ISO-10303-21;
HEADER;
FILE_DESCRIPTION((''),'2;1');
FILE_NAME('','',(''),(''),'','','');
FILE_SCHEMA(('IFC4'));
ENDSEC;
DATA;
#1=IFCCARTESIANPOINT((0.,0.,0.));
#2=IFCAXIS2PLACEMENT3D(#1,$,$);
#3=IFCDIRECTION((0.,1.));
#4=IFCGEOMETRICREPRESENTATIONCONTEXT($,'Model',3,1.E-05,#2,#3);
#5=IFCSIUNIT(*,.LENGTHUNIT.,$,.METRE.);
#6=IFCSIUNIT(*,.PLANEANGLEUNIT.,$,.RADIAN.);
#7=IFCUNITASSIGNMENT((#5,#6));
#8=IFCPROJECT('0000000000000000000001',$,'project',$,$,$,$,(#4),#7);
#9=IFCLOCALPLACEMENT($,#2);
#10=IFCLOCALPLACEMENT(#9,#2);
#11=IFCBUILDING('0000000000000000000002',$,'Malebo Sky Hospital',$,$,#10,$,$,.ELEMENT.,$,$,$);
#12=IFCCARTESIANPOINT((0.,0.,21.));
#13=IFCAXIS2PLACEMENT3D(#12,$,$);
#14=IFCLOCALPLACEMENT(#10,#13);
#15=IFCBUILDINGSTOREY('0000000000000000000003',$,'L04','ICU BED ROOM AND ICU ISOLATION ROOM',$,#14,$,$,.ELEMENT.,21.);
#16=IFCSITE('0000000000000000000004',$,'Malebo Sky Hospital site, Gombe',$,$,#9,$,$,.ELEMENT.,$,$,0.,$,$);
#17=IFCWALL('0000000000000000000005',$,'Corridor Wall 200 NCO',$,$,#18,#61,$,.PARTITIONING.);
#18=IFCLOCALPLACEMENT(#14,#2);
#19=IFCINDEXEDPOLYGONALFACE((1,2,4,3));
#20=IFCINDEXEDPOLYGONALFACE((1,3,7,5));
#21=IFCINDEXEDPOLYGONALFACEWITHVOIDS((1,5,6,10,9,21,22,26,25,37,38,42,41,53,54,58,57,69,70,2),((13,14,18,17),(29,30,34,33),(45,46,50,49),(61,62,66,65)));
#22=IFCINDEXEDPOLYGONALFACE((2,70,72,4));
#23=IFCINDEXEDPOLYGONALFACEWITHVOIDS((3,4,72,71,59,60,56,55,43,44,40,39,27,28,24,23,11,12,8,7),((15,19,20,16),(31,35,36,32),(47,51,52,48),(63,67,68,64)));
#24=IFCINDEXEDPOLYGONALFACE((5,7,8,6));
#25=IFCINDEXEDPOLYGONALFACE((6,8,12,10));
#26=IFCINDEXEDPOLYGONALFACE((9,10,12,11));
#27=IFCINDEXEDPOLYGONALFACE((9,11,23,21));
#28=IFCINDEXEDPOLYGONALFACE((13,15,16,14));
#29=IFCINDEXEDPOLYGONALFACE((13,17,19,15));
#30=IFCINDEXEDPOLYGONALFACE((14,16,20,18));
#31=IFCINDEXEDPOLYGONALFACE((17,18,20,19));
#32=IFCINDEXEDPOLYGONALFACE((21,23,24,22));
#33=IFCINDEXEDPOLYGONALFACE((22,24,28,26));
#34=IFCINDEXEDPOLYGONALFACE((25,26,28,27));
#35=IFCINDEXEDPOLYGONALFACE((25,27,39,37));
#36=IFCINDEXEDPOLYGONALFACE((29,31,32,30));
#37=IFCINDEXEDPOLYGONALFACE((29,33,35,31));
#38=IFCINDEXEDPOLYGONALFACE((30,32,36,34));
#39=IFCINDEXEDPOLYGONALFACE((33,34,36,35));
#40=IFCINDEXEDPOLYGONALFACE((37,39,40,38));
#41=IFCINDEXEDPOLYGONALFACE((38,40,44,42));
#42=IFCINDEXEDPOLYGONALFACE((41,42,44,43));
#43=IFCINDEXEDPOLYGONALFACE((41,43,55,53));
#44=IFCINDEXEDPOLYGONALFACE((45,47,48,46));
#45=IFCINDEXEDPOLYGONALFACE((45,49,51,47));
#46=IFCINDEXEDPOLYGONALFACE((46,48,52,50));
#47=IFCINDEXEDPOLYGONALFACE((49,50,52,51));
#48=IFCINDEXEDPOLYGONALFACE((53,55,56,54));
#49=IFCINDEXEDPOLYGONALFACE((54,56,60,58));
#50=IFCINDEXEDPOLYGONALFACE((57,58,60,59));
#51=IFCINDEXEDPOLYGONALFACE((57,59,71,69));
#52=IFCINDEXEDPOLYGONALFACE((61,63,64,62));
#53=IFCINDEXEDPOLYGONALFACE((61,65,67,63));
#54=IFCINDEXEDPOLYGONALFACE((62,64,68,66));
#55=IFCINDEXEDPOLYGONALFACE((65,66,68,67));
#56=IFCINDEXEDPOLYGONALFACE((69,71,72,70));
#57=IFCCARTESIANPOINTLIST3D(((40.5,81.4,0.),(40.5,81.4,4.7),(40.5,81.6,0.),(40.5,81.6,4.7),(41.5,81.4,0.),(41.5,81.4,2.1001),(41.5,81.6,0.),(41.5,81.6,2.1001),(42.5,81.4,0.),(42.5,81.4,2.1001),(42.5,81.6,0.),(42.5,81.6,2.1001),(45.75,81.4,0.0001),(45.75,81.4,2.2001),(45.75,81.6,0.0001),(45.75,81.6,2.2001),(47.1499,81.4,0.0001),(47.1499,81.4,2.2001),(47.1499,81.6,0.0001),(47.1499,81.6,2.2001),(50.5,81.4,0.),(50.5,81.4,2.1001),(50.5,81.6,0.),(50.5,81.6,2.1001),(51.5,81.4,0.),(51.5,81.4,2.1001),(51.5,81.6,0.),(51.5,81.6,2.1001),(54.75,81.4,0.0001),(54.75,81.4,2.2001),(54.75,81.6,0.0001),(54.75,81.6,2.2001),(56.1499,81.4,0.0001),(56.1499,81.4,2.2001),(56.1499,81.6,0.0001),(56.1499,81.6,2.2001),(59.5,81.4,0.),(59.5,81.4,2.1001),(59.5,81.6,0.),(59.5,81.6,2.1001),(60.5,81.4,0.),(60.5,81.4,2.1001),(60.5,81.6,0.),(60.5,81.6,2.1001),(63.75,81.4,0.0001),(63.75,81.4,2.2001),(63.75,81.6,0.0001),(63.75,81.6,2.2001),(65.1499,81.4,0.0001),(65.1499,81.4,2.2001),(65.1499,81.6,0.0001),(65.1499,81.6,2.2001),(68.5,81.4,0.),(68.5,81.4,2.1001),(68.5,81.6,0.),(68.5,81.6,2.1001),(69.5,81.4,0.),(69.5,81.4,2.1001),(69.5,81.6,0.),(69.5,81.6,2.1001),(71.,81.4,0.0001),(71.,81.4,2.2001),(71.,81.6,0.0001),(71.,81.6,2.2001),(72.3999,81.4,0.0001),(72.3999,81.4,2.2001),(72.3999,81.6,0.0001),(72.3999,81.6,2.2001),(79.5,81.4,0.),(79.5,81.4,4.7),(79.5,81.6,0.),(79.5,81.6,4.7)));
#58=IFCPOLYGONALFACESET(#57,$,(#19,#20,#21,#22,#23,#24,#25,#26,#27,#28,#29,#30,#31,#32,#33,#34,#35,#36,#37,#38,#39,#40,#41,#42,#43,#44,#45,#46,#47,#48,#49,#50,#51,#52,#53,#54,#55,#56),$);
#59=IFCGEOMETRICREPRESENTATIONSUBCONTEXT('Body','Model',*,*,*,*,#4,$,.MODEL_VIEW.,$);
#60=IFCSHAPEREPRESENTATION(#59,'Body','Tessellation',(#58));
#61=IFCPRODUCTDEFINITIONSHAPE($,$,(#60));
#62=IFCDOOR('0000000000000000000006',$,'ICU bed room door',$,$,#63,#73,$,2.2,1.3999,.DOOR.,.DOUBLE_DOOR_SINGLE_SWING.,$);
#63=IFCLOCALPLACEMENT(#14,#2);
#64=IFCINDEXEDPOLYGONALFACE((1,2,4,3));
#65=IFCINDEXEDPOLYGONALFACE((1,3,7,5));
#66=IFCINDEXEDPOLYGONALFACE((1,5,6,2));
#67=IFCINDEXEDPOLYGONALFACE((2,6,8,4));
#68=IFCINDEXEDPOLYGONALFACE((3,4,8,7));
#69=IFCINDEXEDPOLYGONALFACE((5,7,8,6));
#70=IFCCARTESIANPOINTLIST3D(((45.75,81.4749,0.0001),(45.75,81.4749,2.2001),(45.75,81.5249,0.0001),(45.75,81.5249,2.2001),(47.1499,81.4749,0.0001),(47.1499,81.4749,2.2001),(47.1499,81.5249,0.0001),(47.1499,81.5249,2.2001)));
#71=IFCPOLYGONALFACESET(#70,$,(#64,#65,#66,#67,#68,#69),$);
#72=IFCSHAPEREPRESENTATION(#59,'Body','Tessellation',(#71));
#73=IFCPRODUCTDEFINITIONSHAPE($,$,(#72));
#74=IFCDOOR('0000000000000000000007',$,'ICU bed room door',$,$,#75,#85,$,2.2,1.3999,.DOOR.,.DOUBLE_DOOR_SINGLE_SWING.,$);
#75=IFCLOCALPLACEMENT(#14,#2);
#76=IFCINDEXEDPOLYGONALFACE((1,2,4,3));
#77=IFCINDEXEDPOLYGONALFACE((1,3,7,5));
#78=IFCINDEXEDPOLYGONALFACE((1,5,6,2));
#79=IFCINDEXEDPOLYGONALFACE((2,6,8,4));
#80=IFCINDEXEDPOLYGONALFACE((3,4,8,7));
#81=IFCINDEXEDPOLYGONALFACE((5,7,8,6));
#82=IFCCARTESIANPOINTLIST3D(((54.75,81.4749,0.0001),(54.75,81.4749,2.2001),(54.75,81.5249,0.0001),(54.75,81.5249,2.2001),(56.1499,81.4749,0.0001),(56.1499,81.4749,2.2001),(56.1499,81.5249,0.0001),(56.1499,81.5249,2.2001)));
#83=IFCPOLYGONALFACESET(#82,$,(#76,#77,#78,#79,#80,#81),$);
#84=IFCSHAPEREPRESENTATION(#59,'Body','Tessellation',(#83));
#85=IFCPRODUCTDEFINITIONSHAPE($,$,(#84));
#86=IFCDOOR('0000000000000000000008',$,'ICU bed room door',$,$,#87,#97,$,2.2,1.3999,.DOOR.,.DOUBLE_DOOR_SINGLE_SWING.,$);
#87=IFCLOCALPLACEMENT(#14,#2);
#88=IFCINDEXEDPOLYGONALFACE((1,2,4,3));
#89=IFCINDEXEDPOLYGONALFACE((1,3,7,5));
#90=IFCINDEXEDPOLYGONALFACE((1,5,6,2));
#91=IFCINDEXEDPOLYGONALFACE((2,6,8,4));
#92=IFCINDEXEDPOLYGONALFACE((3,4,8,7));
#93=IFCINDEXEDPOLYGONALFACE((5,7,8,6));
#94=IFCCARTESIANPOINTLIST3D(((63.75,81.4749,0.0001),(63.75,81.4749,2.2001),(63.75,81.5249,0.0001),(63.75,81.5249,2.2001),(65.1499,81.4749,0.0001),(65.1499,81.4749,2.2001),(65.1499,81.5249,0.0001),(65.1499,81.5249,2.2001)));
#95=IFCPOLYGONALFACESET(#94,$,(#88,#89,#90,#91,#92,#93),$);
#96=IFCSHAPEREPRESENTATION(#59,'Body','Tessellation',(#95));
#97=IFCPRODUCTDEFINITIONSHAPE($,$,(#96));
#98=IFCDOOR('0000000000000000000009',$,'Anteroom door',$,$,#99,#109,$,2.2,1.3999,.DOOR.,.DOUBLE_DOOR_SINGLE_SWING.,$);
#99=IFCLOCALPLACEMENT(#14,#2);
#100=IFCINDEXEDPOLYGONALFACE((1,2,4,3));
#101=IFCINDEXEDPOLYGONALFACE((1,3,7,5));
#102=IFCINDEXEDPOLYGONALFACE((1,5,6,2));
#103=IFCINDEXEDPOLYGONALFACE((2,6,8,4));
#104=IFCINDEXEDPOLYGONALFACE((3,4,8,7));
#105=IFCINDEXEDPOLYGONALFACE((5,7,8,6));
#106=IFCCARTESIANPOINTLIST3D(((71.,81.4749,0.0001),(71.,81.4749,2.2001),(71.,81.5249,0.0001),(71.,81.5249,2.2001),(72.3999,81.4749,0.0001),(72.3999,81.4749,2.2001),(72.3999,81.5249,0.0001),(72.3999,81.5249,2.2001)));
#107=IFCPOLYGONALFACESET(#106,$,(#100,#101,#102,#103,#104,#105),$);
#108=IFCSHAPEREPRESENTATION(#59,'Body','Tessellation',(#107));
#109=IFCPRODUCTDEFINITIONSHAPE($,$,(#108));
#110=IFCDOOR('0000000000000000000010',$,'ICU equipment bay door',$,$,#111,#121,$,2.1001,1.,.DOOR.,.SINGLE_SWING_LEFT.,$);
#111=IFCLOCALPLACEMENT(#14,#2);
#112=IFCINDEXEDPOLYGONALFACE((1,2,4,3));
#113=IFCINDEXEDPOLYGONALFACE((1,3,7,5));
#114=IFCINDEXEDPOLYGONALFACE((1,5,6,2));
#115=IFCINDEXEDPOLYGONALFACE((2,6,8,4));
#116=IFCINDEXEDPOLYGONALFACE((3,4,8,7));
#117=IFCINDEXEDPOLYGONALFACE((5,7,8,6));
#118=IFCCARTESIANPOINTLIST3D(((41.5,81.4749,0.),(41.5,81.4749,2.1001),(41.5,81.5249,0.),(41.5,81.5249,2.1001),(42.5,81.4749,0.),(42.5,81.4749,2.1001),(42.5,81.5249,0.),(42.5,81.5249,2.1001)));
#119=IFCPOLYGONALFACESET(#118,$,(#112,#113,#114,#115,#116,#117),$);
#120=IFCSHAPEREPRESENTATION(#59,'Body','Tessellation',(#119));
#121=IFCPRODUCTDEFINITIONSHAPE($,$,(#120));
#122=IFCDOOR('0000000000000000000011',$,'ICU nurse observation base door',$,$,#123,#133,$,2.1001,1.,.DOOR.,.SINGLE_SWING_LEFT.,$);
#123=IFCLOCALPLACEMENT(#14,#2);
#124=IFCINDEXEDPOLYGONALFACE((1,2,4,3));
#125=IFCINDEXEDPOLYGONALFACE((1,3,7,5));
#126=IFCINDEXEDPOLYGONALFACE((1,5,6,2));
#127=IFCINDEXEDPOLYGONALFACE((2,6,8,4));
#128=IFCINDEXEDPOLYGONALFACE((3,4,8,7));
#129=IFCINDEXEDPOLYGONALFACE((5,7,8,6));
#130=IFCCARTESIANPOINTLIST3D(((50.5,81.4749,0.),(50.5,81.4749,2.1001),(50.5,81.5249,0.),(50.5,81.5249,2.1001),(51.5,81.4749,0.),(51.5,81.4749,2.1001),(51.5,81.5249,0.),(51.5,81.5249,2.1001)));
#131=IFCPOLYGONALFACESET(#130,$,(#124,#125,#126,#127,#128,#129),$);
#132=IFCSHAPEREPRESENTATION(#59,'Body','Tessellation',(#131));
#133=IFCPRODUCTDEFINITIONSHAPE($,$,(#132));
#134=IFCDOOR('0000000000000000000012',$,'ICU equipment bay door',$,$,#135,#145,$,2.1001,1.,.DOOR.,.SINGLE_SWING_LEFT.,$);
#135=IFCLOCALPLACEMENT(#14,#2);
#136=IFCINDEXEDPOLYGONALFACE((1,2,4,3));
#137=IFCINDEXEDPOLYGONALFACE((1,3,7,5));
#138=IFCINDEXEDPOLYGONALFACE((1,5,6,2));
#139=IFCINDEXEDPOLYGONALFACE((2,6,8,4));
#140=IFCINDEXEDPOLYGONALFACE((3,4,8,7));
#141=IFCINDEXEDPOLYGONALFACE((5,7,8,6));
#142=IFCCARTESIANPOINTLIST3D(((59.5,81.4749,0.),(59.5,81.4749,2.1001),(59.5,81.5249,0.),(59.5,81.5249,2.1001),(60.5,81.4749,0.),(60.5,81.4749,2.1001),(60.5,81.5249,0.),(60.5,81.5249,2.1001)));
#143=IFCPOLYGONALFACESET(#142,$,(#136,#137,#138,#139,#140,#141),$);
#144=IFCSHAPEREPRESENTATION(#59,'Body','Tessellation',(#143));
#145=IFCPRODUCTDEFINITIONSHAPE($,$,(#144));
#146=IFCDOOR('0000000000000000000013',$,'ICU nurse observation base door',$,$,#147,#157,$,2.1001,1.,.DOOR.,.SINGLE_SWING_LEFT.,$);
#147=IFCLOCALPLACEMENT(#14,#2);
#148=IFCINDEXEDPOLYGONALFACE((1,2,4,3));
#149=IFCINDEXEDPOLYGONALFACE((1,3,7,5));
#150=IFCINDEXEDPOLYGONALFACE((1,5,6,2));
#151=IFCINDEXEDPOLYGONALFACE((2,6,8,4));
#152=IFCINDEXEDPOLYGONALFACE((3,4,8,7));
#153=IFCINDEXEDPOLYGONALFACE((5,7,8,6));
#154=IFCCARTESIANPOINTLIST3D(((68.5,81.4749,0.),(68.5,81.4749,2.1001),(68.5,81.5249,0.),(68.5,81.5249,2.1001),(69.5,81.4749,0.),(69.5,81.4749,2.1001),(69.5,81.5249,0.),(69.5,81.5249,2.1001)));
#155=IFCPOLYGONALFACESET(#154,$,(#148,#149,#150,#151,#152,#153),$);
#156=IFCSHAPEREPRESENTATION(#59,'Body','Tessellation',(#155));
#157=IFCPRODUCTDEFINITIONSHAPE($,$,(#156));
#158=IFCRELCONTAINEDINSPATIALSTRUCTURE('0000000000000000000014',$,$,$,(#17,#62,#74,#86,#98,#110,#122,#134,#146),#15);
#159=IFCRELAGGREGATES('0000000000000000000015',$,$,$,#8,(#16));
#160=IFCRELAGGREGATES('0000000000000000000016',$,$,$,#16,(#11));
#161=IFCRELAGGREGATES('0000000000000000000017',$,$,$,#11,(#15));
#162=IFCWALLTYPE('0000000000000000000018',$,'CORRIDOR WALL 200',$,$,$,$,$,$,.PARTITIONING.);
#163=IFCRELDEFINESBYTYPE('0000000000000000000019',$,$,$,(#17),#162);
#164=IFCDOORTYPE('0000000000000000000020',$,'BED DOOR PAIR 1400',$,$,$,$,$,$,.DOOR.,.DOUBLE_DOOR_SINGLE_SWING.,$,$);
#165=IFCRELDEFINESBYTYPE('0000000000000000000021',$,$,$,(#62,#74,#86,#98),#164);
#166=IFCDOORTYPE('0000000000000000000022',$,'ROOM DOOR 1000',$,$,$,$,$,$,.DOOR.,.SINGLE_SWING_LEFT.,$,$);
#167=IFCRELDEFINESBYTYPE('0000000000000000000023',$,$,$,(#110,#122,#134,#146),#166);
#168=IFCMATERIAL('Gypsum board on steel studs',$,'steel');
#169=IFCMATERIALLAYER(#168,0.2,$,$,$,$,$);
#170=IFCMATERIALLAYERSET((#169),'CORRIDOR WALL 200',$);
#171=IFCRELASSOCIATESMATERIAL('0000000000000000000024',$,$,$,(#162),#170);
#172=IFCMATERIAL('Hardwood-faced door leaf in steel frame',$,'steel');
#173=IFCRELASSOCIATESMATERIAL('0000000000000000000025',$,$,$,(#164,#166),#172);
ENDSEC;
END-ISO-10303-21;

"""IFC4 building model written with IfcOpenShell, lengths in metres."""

from ifc_helpers import new_model, si_unit, direction, frame, frame_2d, origin, place, context, subcontext, project, spatial, rectangle, extrude, material, layer, layer_set, type_object, element, fill, save


model = new_model("IFC4")

# Units and contexts
model_context = context("Model", 3, precision=1e-05, world=origin(), true_north=direction((0.0, 1.0)))
body_context = subcontext(model_context, "Body", "Model", "MODEL_VIEW")
ifc_project = project(units=[si_unit("LENGTHUNIT", "METRE"), si_unit("PLANEANGLEUNIT", "RADIAN")], contexts=[model_context])

# Site, building, storey
site_placement = place(None, origin())
site = spatial("IfcSite", under=ifc_project, at=site_placement, Name="Malebo Sky Hospital site, Gombe", CompositionType="ELEMENT", RefElevation=0.0)
building_placement = place(site_placement, origin())
building = spatial("IfcBuilding", under=site, at=building_placement, Name="Malebo Sky Hospital", CompositionType="ELEMENT")
storey_placement = place(building_placement, frame((0.0, 0.0, 21.0)))
storey = spatial("IfcBuildingStorey", under=building, at=storey_placement, Name="L04", Description="ICU BED ROOM AND ICU ISOLATION ROOM", CompositionType="ELEMENT", Elevation=21.0)

# Wall, openings, doors
ifc_material_1 = material(Name="Gypsum board on steel studs", Category="steel")
ifc_layer_1 = layer(ifc_material_1, 0.2)
ifc_layer_set_1 = layer_set([ifc_layer_1], Name="CORRIDOR WALL 200")
wall_type_1 = type_object("IfcWallType", Name="CORRIDOR WALL 200", PredefinedType="PARTITIONING", material=ifc_layer_set_1)
wall_1_placement = place(storey_placement, frame((40.5, 81.5, 0.0), z_axis=(0.0, 0.0, 1.0), x_axis=(1.0, 0.0, 0.0)))
wall_1 = element("IfcWall", 1, at=wall_1_placement, inside=storey, type_object=wall_type_1, Name="Corridor Wall 200 NCO", PredefinedType="PARTITIONING", context=body_context, shape_type="SweptSolid", body=[
    extrude(rectangle(XDim=39.0, YDim=0.2, at=frame_2d((19.5, 0.0))), origin(), (0.0, 0.0, 1.0), 4.7),
])
opening_1_placement = place(wall_1_placement, frame((1.0, 0.0, 0.0)))
opening_1 = element("IfcOpeningElement", 2, at=opening_1_placement, cuts=wall_1, PredefinedType="OPENING", context=body_context, shape_type="SweptSolid", body=[
    extrude(rectangle(XDim=1.0, YDim=2.1001, at=frame_2d((0.5, 1.05))), frame((0.0, 0.1099, 0.0), z_axis=(0.0, -1.0, 0.0), x_axis=(1.0, 0.0, 0.0)), (0.0, 0.0, 1.0), 0.22),
])
opening_2_placement = place(wall_1_placement, frame((5.25, 0.0, 0.0)))
opening_2 = element("IfcOpeningElement", 3, at=opening_2_placement, cuts=wall_1, PredefinedType="OPENING", context=body_context, shape_type="SweptSolid", body=[
    extrude(rectangle(XDim=1.3999, YDim=2.2, at=frame_2d((0.7, 1.1001))), frame((0.0, 0.1099, 0.0), z_axis=(0.0, -1.0, 0.0), x_axis=(1.0, 0.0, 0.0)), (0.0, 0.0, 1.0), 0.22),
])
opening_3_placement = place(wall_1_placement, frame((10.0, 0.0, 0.0)))
opening_3 = element("IfcOpeningElement", 4, at=opening_3_placement, cuts=wall_1, PredefinedType="OPENING", context=body_context, shape_type="SweptSolid", body=[
    extrude(rectangle(XDim=1.0, YDim=2.1001, at=frame_2d((0.5, 1.05))), frame((0.0, 0.1099, 0.0), z_axis=(0.0, -1.0, 0.0), x_axis=(1.0, 0.0, 0.0)), (0.0, 0.0, 1.0), 0.22),
])
opening_4_placement = place(wall_1_placement, frame((14.25, 0.0, 0.0)))
opening_4 = element("IfcOpeningElement", 5, at=opening_4_placement, cuts=wall_1, PredefinedType="OPENING", context=body_context, shape_type="SweptSolid", body=[
    extrude(rectangle(XDim=1.3999, YDim=2.2, at=frame_2d((0.7, 1.1001))), frame((0.0, 0.1099, 0.0), z_axis=(0.0, -1.0, 0.0), x_axis=(1.0, 0.0, 0.0)), (0.0, 0.0, 1.0), 0.22),
])
opening_5_placement = place(wall_1_placement, frame((19.0, 0.0, 0.0)))
opening_5 = element("IfcOpeningElement", 6, at=opening_5_placement, cuts=wall_1, PredefinedType="OPENING", context=body_context, shape_type="SweptSolid", body=[
    extrude(rectangle(XDim=1.0, YDim=2.1001, at=frame_2d((0.5, 1.05))), frame((0.0, 0.1099, 0.0), z_axis=(0.0, -1.0, 0.0), x_axis=(1.0, 0.0, 0.0)), (0.0, 0.0, 1.0), 0.22),
])
opening_6_placement = place(wall_1_placement, frame((23.25, 0.0, 0.0)))
opening_6 = element("IfcOpeningElement", 7, at=opening_6_placement, cuts=wall_1, PredefinedType="OPENING", context=body_context, shape_type="SweptSolid", body=[
    extrude(rectangle(XDim=1.3999, YDim=2.2, at=frame_2d((0.7, 1.1001))), frame((0.0, 0.1099, 0.0), z_axis=(0.0, -1.0, 0.0), x_axis=(1.0, 0.0, 0.0)), (0.0, 0.0, 1.0), 0.22),
])
opening_7_placement = place(wall_1_placement, frame((28.0, 0.0, 0.0)))
opening_7 = element("IfcOpeningElement", 8, at=opening_7_placement, cuts=wall_1, PredefinedType="OPENING", context=body_context, shape_type="SweptSolid", body=[
    extrude(rectangle(XDim=1.0, YDim=2.1001, at=frame_2d((0.5, 1.05))), frame((0.0, 0.1099, 0.0), z_axis=(0.0, -1.0, 0.0), x_axis=(1.0, 0.0, 0.0)), (0.0, 0.0, 1.0), 0.22),
])
opening_8_placement = place(wall_1_placement, frame((30.5, 0.0, 0.0)))
opening_8 = element("IfcOpeningElement", 9, at=opening_8_placement, cuts=wall_1, PredefinedType="OPENING", context=body_context, shape_type="SweptSolid", body=[
    extrude(rectangle(XDim=1.3999, YDim=2.2, at=frame_2d((0.7, 1.1001))), frame((0.0, 0.1099, 0.0), z_axis=(0.0, -1.0, 0.0), x_axis=(1.0, 0.0, 0.0)), (0.0, 0.0, 1.0), 0.22),
])
ifc_material_2 = material(Name="Hardwood-faced door leaf in steel frame", Category="steel")
door_type_1 = type_object("IfcDoorType", Name="BED DOOR PAIR 1400", OperationType="DOUBLE_DOOR_SINGLE_SWING", PredefinedType="DOOR", material=ifc_material_2)
door_1_placement = place(opening_2_placement, origin())
door_1 = element("IfcDoor", 10, at=door_1_placement, inside=storey, type_object=door_type_1, Name="ICU bed room door", OperationType="DOUBLE_DOOR_SINGLE_SWING", OverallHeight=2.2, OverallWidth=1.3999, PredefinedType="DOOR", context=body_context, shape_type="SweptSolid", body=[
    extrude(rectangle(XDim=1.3999, YDim=2.2, at=frame_2d((0.7, 1.1001))), frame((0.0, 0.0249, 0.0), z_axis=(0.0, -1.0, 0.0), x_axis=(1.0, 0.0, 0.0)), (0.0, 0.0, 1.0), 0.05),
])
fill(opening_2, door_1)
door_2_placement = place(opening_4_placement, origin())
door_2 = element("IfcDoor", 11, at=door_2_placement, inside=storey, type_object=door_type_1, Name="ICU bed room door", OperationType="DOUBLE_DOOR_SINGLE_SWING", OverallHeight=2.2, OverallWidth=1.3999, PredefinedType="DOOR", context=body_context, shape_type="SweptSolid", body=[
    extrude(rectangle(XDim=1.3999, YDim=2.2, at=frame_2d((0.7, 1.1001))), frame((0.0, 0.0249, 0.0), z_axis=(0.0, -1.0, 0.0), x_axis=(1.0, 0.0, 0.0)), (0.0, 0.0, 1.0), 0.05),
])
fill(opening_4, door_2)
door_3_placement = place(opening_6_placement, origin())
door_3 = element("IfcDoor", 12, at=door_3_placement, inside=storey, type_object=door_type_1, Name="ICU bed room door", OperationType="DOUBLE_DOOR_SINGLE_SWING", OverallHeight=2.2, OverallWidth=1.3999, PredefinedType="DOOR", context=body_context, shape_type="SweptSolid", body=[
    extrude(rectangle(XDim=1.3999, YDim=2.2, at=frame_2d((0.7, 1.1001))), frame((0.0, 0.0249, 0.0), z_axis=(0.0, -1.0, 0.0), x_axis=(1.0, 0.0, 0.0)), (0.0, 0.0, 1.0), 0.05),
])
fill(opening_6, door_3)
door_4_placement = place(opening_8_placement, origin())
door_4 = element("IfcDoor", 13, at=door_4_placement, inside=storey, type_object=door_type_1, Name="Anteroom door", OperationType="DOUBLE_DOOR_SINGLE_SWING", OverallHeight=2.2, OverallWidth=1.3999, PredefinedType="DOOR", context=body_context, shape_type="SweptSolid", body=[
    extrude(rectangle(XDim=1.3999, YDim=2.2, at=frame_2d((0.7, 1.1001))), frame((0.0, 0.0249, 0.0), z_axis=(0.0, -1.0, 0.0), x_axis=(1.0, 0.0, 0.0)), (0.0, 0.0, 1.0), 0.05),
])
fill(opening_8, door_4)
door_type_2 = type_object("IfcDoorType", Name="ROOM DOOR 1000", OperationType="SINGLE_SWING_LEFT", PredefinedType="DOOR", material=ifc_material_2)
door_5_placement = place(opening_1_placement, origin())
door_5 = element("IfcDoor", 14, at=door_5_placement, inside=storey, type_object=door_type_2, Name="ICU equipment bay door", OperationType="SINGLE_SWING_LEFT", OverallHeight=2.1001, OverallWidth=1.0, PredefinedType="DOOR", context=body_context, shape_type="SweptSolid", body=[
    extrude(rectangle(XDim=1.0, YDim=2.1001, at=frame_2d((0.5, 1.05))), frame((0.0, 0.0249, 0.0), z_axis=(0.0, -1.0, 0.0), x_axis=(1.0, 0.0, 0.0)), (0.0, 0.0, 1.0), 0.05),
])
fill(opening_1, door_5)
door_6_placement = place(opening_3_placement, origin())
door_6 = element("IfcDoor", 15, at=door_6_placement, inside=storey, type_object=door_type_2, Name="ICU nurse observation base door", OperationType="SINGLE_SWING_LEFT", OverallHeight=2.1001, OverallWidth=1.0, PredefinedType="DOOR", context=body_context, shape_type="SweptSolid", body=[
    extrude(rectangle(XDim=1.0, YDim=2.1001, at=frame_2d((0.5, 1.05))), frame((0.0, 0.0249, 0.0), z_axis=(0.0, -1.0, 0.0), x_axis=(1.0, 0.0, 0.0)), (0.0, 0.0, 1.0), 0.05),
])
fill(opening_3, door_6)
door_7_placement = place(opening_5_placement, origin())
door_7 = element("IfcDoor", 16, at=door_7_placement, inside=storey, type_object=door_type_2, Name="ICU equipment bay door", OperationType="SINGLE_SWING_LEFT", OverallHeight=2.1001, OverallWidth=1.0, PredefinedType="DOOR", context=body_context, shape_type="SweptSolid", body=[
    extrude(rectangle(XDim=1.0, YDim=2.1001, at=frame_2d((0.5, 1.05))), frame((0.0, 0.0249, 0.0), z_axis=(0.0, -1.0, 0.0), x_axis=(1.0, 0.0, 0.0)), (0.0, 0.0, 1.0), 0.05),
])
fill(opening_5, door_7)
door_8_placement = place(opening_7_placement, origin())
door_8 = element("IfcDoor", 17, at=door_8_placement, inside=storey, type_object=door_type_2, Name="ICU nurse observation base door", OperationType="SINGLE_SWING_LEFT", OverallHeight=2.1001, OverallWidth=1.0, PredefinedType="DOOR", context=body_context, shape_type="SweptSolid", body=[
    extrude(rectangle(XDim=1.0, YDim=2.1001, at=frame_2d((0.5, 1.05))), frame((0.0, 0.0249, 0.0), z_axis=(0.0, -1.0, 0.0), x_axis=(1.0, 0.0, 0.0)), (0.0, 0.0, 1.0), 0.05),
])
fill(opening_7, door_8)

save(model, "model.ifc")
